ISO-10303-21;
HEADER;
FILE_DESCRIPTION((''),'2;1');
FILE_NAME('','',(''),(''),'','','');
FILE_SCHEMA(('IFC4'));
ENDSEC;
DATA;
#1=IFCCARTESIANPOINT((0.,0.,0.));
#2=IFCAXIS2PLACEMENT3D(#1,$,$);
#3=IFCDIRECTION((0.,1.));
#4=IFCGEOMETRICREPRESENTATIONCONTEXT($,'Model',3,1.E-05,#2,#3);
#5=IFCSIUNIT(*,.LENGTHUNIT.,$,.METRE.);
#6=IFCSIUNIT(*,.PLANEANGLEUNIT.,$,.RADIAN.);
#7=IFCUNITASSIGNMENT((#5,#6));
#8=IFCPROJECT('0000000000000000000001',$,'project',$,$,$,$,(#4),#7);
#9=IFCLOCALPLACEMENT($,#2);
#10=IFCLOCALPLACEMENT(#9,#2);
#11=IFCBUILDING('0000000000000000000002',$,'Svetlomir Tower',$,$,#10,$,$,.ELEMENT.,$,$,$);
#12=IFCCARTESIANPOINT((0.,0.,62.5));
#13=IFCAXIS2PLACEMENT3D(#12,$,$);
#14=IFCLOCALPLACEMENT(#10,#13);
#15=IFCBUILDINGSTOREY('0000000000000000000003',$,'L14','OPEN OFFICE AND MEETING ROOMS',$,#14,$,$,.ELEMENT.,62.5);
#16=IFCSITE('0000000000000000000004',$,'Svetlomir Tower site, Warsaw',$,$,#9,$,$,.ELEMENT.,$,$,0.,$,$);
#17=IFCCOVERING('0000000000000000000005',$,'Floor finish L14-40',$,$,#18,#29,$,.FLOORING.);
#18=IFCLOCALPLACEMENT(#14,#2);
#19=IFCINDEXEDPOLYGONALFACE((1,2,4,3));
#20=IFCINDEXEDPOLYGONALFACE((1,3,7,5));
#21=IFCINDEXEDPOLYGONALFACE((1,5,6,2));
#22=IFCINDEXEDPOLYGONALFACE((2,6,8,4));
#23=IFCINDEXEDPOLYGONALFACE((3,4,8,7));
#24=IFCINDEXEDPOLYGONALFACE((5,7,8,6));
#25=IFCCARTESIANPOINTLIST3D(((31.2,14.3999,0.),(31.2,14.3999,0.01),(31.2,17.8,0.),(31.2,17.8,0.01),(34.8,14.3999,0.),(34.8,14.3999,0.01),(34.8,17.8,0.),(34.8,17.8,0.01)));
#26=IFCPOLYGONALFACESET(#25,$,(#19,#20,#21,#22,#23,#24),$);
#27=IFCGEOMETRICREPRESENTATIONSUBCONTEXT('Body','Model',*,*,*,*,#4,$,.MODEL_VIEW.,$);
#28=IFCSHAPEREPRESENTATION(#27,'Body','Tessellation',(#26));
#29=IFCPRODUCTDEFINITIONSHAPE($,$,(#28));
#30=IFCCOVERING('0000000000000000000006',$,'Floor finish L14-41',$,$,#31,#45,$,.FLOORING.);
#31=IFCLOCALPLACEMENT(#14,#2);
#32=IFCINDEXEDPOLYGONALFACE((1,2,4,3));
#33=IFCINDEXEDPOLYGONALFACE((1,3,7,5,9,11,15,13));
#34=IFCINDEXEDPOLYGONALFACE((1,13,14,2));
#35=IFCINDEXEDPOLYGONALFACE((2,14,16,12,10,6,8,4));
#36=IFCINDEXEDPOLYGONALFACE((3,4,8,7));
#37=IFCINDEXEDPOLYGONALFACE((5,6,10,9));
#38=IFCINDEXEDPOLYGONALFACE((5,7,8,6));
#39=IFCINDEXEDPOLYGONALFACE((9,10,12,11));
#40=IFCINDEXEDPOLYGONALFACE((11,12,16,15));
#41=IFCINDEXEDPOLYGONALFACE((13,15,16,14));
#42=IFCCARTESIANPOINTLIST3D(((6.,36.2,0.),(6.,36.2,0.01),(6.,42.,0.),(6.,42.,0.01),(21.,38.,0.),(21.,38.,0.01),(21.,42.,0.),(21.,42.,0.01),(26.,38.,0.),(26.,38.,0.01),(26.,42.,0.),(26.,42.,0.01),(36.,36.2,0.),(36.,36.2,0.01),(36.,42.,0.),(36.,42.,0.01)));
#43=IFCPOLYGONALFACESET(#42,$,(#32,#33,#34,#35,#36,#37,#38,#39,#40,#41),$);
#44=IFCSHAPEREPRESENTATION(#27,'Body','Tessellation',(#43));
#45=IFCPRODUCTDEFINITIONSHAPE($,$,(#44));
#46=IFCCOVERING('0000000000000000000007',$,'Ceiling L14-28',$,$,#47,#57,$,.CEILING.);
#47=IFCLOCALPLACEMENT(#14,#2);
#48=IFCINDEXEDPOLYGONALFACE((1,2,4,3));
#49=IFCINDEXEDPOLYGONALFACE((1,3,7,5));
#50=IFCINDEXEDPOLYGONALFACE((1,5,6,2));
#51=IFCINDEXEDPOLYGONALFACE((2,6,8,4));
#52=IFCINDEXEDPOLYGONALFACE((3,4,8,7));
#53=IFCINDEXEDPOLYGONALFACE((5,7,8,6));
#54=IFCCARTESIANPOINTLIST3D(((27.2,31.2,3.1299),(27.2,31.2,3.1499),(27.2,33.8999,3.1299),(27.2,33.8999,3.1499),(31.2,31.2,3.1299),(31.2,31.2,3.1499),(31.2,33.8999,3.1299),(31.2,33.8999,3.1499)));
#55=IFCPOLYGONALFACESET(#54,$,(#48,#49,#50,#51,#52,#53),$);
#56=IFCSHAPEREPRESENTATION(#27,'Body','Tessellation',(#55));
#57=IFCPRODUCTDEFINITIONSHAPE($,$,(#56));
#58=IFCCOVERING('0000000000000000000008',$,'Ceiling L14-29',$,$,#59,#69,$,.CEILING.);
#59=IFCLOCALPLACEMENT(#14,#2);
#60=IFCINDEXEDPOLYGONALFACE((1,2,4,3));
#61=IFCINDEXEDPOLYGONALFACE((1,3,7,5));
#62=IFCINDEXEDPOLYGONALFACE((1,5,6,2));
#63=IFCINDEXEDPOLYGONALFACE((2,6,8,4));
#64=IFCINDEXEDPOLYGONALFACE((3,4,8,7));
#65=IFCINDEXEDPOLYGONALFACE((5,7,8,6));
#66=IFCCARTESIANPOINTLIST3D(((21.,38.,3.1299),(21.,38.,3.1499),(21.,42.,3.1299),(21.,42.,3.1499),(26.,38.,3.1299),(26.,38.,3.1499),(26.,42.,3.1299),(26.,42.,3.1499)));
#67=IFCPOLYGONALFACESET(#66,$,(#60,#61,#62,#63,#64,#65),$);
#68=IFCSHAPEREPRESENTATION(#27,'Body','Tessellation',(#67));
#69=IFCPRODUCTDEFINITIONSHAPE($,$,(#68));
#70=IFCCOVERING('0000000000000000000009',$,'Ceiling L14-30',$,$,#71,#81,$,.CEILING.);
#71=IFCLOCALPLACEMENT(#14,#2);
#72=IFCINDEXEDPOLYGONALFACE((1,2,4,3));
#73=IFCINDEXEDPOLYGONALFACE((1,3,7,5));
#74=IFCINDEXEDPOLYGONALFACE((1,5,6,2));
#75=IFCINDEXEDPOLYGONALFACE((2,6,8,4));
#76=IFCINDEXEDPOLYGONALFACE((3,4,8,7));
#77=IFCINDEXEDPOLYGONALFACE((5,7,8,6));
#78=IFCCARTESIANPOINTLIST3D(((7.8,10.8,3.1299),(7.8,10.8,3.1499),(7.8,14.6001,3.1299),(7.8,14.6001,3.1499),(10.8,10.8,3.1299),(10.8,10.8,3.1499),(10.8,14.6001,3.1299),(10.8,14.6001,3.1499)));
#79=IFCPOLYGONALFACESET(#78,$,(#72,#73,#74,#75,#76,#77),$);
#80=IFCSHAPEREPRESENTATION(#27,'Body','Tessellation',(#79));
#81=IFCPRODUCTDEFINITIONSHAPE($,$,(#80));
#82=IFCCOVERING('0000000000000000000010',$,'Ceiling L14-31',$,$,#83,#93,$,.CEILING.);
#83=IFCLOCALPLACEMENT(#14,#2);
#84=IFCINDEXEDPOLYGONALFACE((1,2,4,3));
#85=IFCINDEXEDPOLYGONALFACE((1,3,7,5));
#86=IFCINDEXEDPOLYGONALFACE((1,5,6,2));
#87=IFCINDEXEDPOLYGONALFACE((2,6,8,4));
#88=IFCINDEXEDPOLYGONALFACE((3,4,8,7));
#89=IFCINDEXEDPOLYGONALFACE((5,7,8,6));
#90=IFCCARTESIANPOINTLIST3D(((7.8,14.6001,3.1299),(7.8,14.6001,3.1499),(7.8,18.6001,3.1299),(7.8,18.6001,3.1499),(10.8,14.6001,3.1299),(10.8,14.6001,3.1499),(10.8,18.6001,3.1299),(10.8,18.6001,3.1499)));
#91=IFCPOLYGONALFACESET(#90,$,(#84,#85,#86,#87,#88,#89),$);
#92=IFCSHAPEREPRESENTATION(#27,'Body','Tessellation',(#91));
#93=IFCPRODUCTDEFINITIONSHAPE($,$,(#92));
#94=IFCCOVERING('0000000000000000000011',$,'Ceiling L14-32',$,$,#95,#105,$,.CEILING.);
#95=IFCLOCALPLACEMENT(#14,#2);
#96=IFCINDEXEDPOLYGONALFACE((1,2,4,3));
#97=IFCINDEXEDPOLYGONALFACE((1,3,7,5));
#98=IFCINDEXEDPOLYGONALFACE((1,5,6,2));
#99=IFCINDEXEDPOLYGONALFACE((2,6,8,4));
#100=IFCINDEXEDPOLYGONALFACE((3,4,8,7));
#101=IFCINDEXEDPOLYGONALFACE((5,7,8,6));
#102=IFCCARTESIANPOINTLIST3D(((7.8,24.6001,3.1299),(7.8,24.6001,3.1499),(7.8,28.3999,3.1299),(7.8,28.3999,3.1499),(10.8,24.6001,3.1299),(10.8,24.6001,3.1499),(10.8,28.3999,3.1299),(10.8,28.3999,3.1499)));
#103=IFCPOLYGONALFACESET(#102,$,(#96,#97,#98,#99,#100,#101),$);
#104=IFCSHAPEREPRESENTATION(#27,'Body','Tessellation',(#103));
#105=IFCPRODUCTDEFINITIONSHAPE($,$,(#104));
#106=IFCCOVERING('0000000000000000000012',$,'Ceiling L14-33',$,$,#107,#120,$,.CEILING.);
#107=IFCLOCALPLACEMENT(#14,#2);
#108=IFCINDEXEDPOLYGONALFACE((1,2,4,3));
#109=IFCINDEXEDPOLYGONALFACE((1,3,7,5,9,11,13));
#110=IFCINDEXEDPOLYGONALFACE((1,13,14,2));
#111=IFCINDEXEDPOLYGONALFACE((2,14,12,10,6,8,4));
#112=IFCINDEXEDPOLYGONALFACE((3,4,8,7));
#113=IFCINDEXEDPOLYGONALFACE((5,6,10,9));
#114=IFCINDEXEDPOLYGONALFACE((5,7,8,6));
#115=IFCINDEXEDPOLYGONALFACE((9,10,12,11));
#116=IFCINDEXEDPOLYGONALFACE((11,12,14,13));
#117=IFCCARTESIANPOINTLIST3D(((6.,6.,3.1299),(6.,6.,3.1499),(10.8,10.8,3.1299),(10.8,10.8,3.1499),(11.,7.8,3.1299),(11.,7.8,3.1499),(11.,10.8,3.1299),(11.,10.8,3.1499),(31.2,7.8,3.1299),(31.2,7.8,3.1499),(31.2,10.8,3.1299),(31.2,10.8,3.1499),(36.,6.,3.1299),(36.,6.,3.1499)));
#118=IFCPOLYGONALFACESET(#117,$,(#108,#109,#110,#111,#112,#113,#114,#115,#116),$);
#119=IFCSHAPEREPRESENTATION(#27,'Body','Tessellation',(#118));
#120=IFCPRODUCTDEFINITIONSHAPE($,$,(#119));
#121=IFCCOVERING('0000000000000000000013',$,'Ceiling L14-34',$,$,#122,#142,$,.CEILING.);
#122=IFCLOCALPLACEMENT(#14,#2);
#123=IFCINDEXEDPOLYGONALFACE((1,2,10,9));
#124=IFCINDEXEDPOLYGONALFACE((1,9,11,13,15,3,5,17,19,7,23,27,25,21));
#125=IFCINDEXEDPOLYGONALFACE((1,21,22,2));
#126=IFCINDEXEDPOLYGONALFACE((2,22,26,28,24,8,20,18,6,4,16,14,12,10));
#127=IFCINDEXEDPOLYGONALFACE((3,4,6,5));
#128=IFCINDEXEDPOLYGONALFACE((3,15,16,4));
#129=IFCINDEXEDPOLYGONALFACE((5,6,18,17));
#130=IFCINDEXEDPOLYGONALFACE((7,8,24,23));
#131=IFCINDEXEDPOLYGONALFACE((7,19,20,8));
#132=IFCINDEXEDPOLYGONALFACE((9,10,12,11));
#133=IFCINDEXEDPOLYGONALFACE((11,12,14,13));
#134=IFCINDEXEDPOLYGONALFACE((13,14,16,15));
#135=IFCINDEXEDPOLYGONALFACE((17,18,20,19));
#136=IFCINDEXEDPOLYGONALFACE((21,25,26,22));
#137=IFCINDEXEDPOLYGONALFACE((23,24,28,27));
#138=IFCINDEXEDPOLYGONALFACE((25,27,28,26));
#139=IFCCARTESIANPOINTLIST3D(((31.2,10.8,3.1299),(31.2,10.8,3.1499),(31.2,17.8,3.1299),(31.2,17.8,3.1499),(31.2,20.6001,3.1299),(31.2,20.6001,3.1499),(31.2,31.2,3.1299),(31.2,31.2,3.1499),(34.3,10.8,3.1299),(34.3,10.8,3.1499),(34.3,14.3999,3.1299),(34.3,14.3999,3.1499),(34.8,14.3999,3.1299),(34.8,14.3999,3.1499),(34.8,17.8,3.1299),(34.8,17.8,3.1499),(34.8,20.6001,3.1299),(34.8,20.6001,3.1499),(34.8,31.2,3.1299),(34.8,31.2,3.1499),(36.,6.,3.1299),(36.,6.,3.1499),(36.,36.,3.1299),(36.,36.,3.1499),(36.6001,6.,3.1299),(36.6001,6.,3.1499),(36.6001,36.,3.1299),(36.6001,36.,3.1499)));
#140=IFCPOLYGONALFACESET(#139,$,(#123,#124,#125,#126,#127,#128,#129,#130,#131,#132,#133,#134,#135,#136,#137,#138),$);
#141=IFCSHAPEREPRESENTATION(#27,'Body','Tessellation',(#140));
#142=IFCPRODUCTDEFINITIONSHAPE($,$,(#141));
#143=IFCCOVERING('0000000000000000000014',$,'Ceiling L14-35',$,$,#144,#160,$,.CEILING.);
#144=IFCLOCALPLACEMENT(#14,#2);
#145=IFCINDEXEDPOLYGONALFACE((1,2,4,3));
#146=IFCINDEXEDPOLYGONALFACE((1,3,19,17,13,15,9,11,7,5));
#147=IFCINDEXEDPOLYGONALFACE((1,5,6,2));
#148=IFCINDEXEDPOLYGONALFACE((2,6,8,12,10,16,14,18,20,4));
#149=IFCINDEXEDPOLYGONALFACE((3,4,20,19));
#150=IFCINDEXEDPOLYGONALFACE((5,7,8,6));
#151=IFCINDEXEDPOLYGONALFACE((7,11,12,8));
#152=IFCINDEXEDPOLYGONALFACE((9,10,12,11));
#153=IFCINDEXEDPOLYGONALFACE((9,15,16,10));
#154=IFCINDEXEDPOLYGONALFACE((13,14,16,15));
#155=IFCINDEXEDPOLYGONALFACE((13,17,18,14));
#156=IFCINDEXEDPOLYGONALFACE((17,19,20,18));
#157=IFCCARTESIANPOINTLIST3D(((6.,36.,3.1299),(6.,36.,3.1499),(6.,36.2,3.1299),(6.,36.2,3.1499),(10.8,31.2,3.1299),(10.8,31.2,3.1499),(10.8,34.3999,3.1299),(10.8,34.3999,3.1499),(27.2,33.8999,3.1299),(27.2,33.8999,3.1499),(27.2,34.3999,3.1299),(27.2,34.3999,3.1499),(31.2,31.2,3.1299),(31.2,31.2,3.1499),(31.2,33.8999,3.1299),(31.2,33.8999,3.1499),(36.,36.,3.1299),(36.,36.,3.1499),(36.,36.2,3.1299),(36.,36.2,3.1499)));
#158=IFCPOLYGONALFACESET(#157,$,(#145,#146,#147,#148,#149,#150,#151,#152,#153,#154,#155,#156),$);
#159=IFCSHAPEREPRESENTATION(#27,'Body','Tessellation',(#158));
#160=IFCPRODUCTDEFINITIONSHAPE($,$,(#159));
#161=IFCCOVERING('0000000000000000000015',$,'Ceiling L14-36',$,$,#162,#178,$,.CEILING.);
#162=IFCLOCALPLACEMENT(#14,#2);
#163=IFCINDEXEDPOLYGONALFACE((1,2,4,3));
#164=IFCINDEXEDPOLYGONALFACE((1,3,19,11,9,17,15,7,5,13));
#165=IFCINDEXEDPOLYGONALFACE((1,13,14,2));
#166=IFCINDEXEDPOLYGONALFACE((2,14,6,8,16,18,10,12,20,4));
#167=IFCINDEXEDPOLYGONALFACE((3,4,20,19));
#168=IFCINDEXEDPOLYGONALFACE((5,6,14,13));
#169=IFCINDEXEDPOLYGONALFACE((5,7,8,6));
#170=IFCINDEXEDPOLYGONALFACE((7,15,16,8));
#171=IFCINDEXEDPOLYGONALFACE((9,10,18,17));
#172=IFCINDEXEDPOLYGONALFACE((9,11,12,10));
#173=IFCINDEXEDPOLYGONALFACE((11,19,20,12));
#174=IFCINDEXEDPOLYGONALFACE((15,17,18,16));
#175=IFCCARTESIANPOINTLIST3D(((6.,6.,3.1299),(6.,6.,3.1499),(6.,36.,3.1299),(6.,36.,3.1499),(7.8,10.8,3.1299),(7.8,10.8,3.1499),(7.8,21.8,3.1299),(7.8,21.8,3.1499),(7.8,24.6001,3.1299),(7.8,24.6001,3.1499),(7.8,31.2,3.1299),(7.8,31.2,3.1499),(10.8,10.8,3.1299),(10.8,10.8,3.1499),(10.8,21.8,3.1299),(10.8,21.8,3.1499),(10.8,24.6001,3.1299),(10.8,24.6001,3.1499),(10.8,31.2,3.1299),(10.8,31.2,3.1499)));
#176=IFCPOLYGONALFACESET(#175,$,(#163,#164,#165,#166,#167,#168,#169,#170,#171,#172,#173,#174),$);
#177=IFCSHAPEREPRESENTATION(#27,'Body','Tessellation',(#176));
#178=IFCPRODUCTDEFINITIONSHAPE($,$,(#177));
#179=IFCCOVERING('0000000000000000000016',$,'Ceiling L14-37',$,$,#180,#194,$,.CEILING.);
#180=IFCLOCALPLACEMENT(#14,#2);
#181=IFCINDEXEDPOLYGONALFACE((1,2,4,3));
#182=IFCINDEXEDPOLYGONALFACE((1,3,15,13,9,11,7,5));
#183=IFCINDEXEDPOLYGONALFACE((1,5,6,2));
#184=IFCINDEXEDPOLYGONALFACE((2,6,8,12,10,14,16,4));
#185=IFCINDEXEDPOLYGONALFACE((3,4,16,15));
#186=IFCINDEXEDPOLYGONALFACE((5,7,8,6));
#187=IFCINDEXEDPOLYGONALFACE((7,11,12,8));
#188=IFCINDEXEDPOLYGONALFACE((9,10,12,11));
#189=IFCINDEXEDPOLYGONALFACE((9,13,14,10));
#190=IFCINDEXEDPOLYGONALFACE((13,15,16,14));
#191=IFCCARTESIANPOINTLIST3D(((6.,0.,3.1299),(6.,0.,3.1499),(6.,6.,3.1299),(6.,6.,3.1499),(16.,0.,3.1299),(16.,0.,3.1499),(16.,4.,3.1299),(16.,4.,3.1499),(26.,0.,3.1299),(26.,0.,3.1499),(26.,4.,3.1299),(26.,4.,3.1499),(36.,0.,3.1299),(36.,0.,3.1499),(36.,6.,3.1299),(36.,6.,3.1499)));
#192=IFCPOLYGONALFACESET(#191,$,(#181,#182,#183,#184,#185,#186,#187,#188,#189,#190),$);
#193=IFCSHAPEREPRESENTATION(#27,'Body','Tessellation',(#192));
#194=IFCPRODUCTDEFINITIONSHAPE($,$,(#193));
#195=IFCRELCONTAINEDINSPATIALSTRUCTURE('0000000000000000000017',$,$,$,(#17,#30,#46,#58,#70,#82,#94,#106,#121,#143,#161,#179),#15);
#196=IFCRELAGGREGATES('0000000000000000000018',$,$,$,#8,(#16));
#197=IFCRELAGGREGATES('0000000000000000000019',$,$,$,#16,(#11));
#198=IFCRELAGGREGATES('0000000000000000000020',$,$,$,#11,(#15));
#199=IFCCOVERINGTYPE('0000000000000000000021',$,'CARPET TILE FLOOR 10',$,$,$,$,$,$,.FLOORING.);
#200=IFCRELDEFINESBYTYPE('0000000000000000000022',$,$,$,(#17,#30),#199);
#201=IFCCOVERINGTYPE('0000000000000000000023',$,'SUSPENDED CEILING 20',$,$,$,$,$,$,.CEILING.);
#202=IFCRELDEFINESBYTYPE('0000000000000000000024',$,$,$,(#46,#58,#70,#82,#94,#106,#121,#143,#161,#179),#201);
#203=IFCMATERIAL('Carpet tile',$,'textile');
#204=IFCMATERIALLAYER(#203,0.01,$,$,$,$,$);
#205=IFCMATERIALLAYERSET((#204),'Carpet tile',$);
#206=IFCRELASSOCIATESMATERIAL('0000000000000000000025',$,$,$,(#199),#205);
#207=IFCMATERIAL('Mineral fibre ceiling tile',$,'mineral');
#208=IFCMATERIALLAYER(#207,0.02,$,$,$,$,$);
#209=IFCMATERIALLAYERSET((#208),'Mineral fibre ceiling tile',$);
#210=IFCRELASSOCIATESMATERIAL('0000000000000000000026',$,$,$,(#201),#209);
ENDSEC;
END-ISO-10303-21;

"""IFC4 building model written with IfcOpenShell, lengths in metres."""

from ifc_helpers import new_model, si_unit, direction, frame, origin, place, context, subcontext, project, spatial, polyline, outline, extrude, material, layer, layer_set, type_object, element, save


model = new_model("IFC4")

# Units and contexts
model_context = context("Model", 3, precision=1e-05, world=origin(), true_north=direction((0.0, 1.0)))
body_context = subcontext(model_context, "Body", "Model", "MODEL_VIEW")
ifc_project = project(units=[si_unit("LENGTHUNIT", "METRE"), si_unit("PLANEANGLEUNIT", "RADIAN")], contexts=[model_context])

# Site, building, storey
site_placement = place(None, origin())
site = spatial("IfcSite", under=ifc_project, at=site_placement, Name="Svetlomir Tower site, Warsaw", CompositionType="ELEMENT", RefElevation=0.0)
building_placement = place(site_placement, origin())
building = spatial("IfcBuilding", under=site, at=building_placement, Name="Svetlomir Tower", CompositionType="ELEMENT")
storey_placement = place(building_placement, frame((0.0, 0.0, 62.5)))
storey = spatial("IfcBuildingStorey", under=building, at=storey_placement, Name="L14", Description="OPEN OFFICE AND MEETING ROOMS", CompositionType="ELEMENT", Elevation=62.5)

# Coverings
ifc_material_1 = material(Name="Carpet tile", Category="textile")
ifc_layer_1 = layer(ifc_material_1, 0.01)
ifc_layer_set_1 = layer_set([ifc_layer_1], Name="Carpet tile")
covering_type_1 = type_object("IfcCoveringType", Name="CARPET TILE FLOOR 10", PredefinedType="FLOORING", material=ifc_layer_set_1)
covering_1_placement = place(storey_placement, origin())
element("IfcCovering", 1, at=covering_1_placement, inside=storey, type_object=covering_type_1, Name="Floor finish L14-40", PredefinedType="FLOORING", context=body_context, shape_type="SweptSolid", body=[
    extrude(outline(polyline([(31.2, 14.3999), (31.2, 17.8), (34.8, 17.8), (34.8, 14.3999), (31.2, 14.3999)])), origin(), (0.0, 0.0, 1.0), 0.01),
])
covering_2_placement = place(storey_placement, origin())
element("IfcCovering", 2, at=covering_2_placement, inside=storey, type_object=covering_type_1, Name="Floor finish L14-41", PredefinedType="FLOORING", context=body_context, shape_type="SweptSolid", body=[
    extrude(outline(polyline([(21.0, 42.0), (21.0, 38.0), (26.0, 38.0), (26.0, 42.0), (36.0, 42.0), (36.0, 36.2), (6.0, 36.2), (6.0, 42.0), (21.0, 42.0)])), origin(), (0.0, 0.0, 1.0), 0.01),
])
ifc_material_2 = material(Name="Mineral fibre ceiling tile", Category="mineral")
ifc_layer_2 = layer(ifc_material_2, 0.02)
ifc_layer_set_2 = layer_set([ifc_layer_2], Name="Mineral fibre ceiling tile")
covering_type_2 = type_object("IfcCoveringType", Name="SUSPENDED CEILING 20", PredefinedType="CEILING", material=ifc_layer_set_2)
covering_3_placement = place(storey_placement, frame((0.0, 0.0, 3.1299)))
element("IfcCovering", 3, at=covering_3_placement, inside=storey, type_object=covering_type_2, Name="Ceiling L14-28", PredefinedType="CEILING", context=body_context, shape_type="SweptSolid", body=[
    extrude(outline(polyline([(27.2, 31.2), (31.2, 31.2), (31.2, 33.8999), (27.2, 33.8999), (27.2, 31.2)])), origin(), (0.0, 0.0, 1.0), 0.02),
])
covering_4_placement = place(storey_placement, frame((0.0, 0.0, 3.1299)))
element("IfcCovering", 4, at=covering_4_placement, inside=storey, type_object=covering_type_2, Name="Ceiling L14-29", PredefinedType="CEILING", context=body_context, shape_type="SweptSolid", body=[
    extrude(outline(polyline([(21.0, 38.0), (26.0, 38.0), (26.0, 42.0), (21.0, 42.0), (21.0, 38.0)])), origin(), (0.0, 0.0, 1.0), 0.02),
])
covering_5_placement = place(storey_placement, frame((0.0, 0.0, 3.1299)))
element("IfcCovering", 5, at=covering_5_placement, inside=storey, type_object=covering_type_2, Name="Ceiling L14-30", PredefinedType="CEILING", context=body_context, shape_type="SweptSolid", body=[
    extrude(outline(polyline([(7.8, 10.8), (10.8, 10.8), (10.8, 14.6001), (7.8, 14.6001), (7.8, 10.8)])), origin(), (0.0, 0.0, 1.0), 0.02),
])
covering_6_placement = place(storey_placement, frame((0.0, 0.0, 3.1299)))
element("IfcCovering", 6, at=covering_6_placement, inside=storey, type_object=covering_type_2, Name="Ceiling L14-31", PredefinedType="CEILING", context=body_context, shape_type="SweptSolid", body=[
    extrude(outline(polyline([(7.8, 14.6001), (10.8, 14.6001), (10.8, 18.6001), (7.8, 18.6001), (7.8, 14.6001)])), origin(), (0.0, 0.0, 1.0), 0.02),
])
covering_7_placement = place(storey_placement, frame((0.0, 0.0, 3.1299)))
element("IfcCovering", 7, at=covering_7_placement, inside=storey, type_object=covering_type_2, Name="Ceiling L14-32", PredefinedType="CEILING", context=body_context, shape_type="SweptSolid", body=[
    extrude(outline(polyline([(7.8, 24.6001), (10.8, 24.6001), (10.8, 28.3999), (7.8, 28.3999), (7.8, 24.6001)])), origin(), (0.0, 0.0, 1.0), 0.02),
])
covering_8_placement = place(storey_placement, frame((0.0, 0.0, 3.1299)))
element("IfcCovering", 8, at=covering_8_placement, inside=storey, type_object=covering_type_2, Name="Ceiling L14-33", PredefinedType="CEILING", context=body_context, shape_type="SweptSolid", body=[
    extrude(outline(polyline([(36.0, 6.0), (6.0, 6.0), (10.8, 10.8), (11.0, 10.8), (11.0, 7.8), (31.2, 7.8), (31.2, 10.8), (36.0, 6.0)])), origin(), (0.0, 0.0, 1.0), 0.02),
])
covering_9_placement = place(storey_placement, frame((0.0, 0.0, 3.1299)))
element("IfcCovering", 9, at=covering_9_placement, inside=storey, type_object=covering_type_2, Name="Ceiling L14-34", PredefinedType="CEILING", context=body_context, shape_type="SweptSolid", body=[
    extrude(outline(polyline([(31.2, 20.6001), (34.8, 20.6001), (34.8, 31.2), (31.2, 31.2), (36.0, 36.0), (36.6001, 36.0), (36.6001, 6.0), (36.0, 6.0), (31.2, 10.8), (34.3, 10.8), (34.3, 14.3999), (34.8, 14.3999), (34.8, 17.8), (31.2, 17.8), (31.2, 20.6001)])), origin(), (0.0, 0.0, 1.0), 0.02),
])
covering_10_placement = place(storey_placement, frame((0.0, 0.0, 3.1299)))
element("IfcCovering", 10, at=covering_10_placement, inside=storey, type_object=covering_type_2, Name="Ceiling L14-35", PredefinedType="CEILING", context=body_context, shape_type="SweptSolid", body=[
    extrude(outline(polyline([(6.0, 36.2), (36.0, 36.2), (36.0, 36.0), (31.2, 31.2), (31.2, 33.8999), (27.2, 33.8999), (27.2, 34.3999), (10.8, 34.3999), (10.8, 31.2), (6.0, 36.0), (6.0, 36.2)])), origin(), (0.0, 0.0, 1.0), 0.02),
])
covering_11_placement = place(storey_placement, frame((0.0, 0.0, 3.1299)))
element("IfcCovering", 11, at=covering_11_placement, inside=storey, type_object=covering_type_2, Name="Ceiling L14-36", PredefinedType="CEILING", context=body_context, shape_type="SweptSolid", body=[
    extrude(outline(polyline([(6.0, 36.0), (10.8, 31.2), (7.8, 31.2), (7.8, 24.6001), (10.8, 24.6001), (10.8, 21.8), (7.8, 21.8), (7.8, 10.8), (10.8, 10.8), (6.0, 6.0), (6.0, 36.0)])), origin(), (0.0, 0.0, 1.0), 0.02),
])
covering_12_placement = place(storey_placement, frame((0.0, 0.0, 3.1299)))
element("IfcCovering", 12, at=covering_12_placement, inside=storey, type_object=covering_type_2, Name="Ceiling L14-37", PredefinedType="CEILING", context=body_context, shape_type="SweptSolid", body=[
    extrude(outline(polyline([(36.0, 6.0), (36.0, 0.0), (26.0, 0.0), (26.0, 4.0), (16.0, 4.0), (16.0, 0.0), (6.0, 0.0), (6.0, 6.0), (36.0, 6.0)])), origin(), (0.0, 0.0, 1.0), 0.02),
])

save(model, "model.ifc")
